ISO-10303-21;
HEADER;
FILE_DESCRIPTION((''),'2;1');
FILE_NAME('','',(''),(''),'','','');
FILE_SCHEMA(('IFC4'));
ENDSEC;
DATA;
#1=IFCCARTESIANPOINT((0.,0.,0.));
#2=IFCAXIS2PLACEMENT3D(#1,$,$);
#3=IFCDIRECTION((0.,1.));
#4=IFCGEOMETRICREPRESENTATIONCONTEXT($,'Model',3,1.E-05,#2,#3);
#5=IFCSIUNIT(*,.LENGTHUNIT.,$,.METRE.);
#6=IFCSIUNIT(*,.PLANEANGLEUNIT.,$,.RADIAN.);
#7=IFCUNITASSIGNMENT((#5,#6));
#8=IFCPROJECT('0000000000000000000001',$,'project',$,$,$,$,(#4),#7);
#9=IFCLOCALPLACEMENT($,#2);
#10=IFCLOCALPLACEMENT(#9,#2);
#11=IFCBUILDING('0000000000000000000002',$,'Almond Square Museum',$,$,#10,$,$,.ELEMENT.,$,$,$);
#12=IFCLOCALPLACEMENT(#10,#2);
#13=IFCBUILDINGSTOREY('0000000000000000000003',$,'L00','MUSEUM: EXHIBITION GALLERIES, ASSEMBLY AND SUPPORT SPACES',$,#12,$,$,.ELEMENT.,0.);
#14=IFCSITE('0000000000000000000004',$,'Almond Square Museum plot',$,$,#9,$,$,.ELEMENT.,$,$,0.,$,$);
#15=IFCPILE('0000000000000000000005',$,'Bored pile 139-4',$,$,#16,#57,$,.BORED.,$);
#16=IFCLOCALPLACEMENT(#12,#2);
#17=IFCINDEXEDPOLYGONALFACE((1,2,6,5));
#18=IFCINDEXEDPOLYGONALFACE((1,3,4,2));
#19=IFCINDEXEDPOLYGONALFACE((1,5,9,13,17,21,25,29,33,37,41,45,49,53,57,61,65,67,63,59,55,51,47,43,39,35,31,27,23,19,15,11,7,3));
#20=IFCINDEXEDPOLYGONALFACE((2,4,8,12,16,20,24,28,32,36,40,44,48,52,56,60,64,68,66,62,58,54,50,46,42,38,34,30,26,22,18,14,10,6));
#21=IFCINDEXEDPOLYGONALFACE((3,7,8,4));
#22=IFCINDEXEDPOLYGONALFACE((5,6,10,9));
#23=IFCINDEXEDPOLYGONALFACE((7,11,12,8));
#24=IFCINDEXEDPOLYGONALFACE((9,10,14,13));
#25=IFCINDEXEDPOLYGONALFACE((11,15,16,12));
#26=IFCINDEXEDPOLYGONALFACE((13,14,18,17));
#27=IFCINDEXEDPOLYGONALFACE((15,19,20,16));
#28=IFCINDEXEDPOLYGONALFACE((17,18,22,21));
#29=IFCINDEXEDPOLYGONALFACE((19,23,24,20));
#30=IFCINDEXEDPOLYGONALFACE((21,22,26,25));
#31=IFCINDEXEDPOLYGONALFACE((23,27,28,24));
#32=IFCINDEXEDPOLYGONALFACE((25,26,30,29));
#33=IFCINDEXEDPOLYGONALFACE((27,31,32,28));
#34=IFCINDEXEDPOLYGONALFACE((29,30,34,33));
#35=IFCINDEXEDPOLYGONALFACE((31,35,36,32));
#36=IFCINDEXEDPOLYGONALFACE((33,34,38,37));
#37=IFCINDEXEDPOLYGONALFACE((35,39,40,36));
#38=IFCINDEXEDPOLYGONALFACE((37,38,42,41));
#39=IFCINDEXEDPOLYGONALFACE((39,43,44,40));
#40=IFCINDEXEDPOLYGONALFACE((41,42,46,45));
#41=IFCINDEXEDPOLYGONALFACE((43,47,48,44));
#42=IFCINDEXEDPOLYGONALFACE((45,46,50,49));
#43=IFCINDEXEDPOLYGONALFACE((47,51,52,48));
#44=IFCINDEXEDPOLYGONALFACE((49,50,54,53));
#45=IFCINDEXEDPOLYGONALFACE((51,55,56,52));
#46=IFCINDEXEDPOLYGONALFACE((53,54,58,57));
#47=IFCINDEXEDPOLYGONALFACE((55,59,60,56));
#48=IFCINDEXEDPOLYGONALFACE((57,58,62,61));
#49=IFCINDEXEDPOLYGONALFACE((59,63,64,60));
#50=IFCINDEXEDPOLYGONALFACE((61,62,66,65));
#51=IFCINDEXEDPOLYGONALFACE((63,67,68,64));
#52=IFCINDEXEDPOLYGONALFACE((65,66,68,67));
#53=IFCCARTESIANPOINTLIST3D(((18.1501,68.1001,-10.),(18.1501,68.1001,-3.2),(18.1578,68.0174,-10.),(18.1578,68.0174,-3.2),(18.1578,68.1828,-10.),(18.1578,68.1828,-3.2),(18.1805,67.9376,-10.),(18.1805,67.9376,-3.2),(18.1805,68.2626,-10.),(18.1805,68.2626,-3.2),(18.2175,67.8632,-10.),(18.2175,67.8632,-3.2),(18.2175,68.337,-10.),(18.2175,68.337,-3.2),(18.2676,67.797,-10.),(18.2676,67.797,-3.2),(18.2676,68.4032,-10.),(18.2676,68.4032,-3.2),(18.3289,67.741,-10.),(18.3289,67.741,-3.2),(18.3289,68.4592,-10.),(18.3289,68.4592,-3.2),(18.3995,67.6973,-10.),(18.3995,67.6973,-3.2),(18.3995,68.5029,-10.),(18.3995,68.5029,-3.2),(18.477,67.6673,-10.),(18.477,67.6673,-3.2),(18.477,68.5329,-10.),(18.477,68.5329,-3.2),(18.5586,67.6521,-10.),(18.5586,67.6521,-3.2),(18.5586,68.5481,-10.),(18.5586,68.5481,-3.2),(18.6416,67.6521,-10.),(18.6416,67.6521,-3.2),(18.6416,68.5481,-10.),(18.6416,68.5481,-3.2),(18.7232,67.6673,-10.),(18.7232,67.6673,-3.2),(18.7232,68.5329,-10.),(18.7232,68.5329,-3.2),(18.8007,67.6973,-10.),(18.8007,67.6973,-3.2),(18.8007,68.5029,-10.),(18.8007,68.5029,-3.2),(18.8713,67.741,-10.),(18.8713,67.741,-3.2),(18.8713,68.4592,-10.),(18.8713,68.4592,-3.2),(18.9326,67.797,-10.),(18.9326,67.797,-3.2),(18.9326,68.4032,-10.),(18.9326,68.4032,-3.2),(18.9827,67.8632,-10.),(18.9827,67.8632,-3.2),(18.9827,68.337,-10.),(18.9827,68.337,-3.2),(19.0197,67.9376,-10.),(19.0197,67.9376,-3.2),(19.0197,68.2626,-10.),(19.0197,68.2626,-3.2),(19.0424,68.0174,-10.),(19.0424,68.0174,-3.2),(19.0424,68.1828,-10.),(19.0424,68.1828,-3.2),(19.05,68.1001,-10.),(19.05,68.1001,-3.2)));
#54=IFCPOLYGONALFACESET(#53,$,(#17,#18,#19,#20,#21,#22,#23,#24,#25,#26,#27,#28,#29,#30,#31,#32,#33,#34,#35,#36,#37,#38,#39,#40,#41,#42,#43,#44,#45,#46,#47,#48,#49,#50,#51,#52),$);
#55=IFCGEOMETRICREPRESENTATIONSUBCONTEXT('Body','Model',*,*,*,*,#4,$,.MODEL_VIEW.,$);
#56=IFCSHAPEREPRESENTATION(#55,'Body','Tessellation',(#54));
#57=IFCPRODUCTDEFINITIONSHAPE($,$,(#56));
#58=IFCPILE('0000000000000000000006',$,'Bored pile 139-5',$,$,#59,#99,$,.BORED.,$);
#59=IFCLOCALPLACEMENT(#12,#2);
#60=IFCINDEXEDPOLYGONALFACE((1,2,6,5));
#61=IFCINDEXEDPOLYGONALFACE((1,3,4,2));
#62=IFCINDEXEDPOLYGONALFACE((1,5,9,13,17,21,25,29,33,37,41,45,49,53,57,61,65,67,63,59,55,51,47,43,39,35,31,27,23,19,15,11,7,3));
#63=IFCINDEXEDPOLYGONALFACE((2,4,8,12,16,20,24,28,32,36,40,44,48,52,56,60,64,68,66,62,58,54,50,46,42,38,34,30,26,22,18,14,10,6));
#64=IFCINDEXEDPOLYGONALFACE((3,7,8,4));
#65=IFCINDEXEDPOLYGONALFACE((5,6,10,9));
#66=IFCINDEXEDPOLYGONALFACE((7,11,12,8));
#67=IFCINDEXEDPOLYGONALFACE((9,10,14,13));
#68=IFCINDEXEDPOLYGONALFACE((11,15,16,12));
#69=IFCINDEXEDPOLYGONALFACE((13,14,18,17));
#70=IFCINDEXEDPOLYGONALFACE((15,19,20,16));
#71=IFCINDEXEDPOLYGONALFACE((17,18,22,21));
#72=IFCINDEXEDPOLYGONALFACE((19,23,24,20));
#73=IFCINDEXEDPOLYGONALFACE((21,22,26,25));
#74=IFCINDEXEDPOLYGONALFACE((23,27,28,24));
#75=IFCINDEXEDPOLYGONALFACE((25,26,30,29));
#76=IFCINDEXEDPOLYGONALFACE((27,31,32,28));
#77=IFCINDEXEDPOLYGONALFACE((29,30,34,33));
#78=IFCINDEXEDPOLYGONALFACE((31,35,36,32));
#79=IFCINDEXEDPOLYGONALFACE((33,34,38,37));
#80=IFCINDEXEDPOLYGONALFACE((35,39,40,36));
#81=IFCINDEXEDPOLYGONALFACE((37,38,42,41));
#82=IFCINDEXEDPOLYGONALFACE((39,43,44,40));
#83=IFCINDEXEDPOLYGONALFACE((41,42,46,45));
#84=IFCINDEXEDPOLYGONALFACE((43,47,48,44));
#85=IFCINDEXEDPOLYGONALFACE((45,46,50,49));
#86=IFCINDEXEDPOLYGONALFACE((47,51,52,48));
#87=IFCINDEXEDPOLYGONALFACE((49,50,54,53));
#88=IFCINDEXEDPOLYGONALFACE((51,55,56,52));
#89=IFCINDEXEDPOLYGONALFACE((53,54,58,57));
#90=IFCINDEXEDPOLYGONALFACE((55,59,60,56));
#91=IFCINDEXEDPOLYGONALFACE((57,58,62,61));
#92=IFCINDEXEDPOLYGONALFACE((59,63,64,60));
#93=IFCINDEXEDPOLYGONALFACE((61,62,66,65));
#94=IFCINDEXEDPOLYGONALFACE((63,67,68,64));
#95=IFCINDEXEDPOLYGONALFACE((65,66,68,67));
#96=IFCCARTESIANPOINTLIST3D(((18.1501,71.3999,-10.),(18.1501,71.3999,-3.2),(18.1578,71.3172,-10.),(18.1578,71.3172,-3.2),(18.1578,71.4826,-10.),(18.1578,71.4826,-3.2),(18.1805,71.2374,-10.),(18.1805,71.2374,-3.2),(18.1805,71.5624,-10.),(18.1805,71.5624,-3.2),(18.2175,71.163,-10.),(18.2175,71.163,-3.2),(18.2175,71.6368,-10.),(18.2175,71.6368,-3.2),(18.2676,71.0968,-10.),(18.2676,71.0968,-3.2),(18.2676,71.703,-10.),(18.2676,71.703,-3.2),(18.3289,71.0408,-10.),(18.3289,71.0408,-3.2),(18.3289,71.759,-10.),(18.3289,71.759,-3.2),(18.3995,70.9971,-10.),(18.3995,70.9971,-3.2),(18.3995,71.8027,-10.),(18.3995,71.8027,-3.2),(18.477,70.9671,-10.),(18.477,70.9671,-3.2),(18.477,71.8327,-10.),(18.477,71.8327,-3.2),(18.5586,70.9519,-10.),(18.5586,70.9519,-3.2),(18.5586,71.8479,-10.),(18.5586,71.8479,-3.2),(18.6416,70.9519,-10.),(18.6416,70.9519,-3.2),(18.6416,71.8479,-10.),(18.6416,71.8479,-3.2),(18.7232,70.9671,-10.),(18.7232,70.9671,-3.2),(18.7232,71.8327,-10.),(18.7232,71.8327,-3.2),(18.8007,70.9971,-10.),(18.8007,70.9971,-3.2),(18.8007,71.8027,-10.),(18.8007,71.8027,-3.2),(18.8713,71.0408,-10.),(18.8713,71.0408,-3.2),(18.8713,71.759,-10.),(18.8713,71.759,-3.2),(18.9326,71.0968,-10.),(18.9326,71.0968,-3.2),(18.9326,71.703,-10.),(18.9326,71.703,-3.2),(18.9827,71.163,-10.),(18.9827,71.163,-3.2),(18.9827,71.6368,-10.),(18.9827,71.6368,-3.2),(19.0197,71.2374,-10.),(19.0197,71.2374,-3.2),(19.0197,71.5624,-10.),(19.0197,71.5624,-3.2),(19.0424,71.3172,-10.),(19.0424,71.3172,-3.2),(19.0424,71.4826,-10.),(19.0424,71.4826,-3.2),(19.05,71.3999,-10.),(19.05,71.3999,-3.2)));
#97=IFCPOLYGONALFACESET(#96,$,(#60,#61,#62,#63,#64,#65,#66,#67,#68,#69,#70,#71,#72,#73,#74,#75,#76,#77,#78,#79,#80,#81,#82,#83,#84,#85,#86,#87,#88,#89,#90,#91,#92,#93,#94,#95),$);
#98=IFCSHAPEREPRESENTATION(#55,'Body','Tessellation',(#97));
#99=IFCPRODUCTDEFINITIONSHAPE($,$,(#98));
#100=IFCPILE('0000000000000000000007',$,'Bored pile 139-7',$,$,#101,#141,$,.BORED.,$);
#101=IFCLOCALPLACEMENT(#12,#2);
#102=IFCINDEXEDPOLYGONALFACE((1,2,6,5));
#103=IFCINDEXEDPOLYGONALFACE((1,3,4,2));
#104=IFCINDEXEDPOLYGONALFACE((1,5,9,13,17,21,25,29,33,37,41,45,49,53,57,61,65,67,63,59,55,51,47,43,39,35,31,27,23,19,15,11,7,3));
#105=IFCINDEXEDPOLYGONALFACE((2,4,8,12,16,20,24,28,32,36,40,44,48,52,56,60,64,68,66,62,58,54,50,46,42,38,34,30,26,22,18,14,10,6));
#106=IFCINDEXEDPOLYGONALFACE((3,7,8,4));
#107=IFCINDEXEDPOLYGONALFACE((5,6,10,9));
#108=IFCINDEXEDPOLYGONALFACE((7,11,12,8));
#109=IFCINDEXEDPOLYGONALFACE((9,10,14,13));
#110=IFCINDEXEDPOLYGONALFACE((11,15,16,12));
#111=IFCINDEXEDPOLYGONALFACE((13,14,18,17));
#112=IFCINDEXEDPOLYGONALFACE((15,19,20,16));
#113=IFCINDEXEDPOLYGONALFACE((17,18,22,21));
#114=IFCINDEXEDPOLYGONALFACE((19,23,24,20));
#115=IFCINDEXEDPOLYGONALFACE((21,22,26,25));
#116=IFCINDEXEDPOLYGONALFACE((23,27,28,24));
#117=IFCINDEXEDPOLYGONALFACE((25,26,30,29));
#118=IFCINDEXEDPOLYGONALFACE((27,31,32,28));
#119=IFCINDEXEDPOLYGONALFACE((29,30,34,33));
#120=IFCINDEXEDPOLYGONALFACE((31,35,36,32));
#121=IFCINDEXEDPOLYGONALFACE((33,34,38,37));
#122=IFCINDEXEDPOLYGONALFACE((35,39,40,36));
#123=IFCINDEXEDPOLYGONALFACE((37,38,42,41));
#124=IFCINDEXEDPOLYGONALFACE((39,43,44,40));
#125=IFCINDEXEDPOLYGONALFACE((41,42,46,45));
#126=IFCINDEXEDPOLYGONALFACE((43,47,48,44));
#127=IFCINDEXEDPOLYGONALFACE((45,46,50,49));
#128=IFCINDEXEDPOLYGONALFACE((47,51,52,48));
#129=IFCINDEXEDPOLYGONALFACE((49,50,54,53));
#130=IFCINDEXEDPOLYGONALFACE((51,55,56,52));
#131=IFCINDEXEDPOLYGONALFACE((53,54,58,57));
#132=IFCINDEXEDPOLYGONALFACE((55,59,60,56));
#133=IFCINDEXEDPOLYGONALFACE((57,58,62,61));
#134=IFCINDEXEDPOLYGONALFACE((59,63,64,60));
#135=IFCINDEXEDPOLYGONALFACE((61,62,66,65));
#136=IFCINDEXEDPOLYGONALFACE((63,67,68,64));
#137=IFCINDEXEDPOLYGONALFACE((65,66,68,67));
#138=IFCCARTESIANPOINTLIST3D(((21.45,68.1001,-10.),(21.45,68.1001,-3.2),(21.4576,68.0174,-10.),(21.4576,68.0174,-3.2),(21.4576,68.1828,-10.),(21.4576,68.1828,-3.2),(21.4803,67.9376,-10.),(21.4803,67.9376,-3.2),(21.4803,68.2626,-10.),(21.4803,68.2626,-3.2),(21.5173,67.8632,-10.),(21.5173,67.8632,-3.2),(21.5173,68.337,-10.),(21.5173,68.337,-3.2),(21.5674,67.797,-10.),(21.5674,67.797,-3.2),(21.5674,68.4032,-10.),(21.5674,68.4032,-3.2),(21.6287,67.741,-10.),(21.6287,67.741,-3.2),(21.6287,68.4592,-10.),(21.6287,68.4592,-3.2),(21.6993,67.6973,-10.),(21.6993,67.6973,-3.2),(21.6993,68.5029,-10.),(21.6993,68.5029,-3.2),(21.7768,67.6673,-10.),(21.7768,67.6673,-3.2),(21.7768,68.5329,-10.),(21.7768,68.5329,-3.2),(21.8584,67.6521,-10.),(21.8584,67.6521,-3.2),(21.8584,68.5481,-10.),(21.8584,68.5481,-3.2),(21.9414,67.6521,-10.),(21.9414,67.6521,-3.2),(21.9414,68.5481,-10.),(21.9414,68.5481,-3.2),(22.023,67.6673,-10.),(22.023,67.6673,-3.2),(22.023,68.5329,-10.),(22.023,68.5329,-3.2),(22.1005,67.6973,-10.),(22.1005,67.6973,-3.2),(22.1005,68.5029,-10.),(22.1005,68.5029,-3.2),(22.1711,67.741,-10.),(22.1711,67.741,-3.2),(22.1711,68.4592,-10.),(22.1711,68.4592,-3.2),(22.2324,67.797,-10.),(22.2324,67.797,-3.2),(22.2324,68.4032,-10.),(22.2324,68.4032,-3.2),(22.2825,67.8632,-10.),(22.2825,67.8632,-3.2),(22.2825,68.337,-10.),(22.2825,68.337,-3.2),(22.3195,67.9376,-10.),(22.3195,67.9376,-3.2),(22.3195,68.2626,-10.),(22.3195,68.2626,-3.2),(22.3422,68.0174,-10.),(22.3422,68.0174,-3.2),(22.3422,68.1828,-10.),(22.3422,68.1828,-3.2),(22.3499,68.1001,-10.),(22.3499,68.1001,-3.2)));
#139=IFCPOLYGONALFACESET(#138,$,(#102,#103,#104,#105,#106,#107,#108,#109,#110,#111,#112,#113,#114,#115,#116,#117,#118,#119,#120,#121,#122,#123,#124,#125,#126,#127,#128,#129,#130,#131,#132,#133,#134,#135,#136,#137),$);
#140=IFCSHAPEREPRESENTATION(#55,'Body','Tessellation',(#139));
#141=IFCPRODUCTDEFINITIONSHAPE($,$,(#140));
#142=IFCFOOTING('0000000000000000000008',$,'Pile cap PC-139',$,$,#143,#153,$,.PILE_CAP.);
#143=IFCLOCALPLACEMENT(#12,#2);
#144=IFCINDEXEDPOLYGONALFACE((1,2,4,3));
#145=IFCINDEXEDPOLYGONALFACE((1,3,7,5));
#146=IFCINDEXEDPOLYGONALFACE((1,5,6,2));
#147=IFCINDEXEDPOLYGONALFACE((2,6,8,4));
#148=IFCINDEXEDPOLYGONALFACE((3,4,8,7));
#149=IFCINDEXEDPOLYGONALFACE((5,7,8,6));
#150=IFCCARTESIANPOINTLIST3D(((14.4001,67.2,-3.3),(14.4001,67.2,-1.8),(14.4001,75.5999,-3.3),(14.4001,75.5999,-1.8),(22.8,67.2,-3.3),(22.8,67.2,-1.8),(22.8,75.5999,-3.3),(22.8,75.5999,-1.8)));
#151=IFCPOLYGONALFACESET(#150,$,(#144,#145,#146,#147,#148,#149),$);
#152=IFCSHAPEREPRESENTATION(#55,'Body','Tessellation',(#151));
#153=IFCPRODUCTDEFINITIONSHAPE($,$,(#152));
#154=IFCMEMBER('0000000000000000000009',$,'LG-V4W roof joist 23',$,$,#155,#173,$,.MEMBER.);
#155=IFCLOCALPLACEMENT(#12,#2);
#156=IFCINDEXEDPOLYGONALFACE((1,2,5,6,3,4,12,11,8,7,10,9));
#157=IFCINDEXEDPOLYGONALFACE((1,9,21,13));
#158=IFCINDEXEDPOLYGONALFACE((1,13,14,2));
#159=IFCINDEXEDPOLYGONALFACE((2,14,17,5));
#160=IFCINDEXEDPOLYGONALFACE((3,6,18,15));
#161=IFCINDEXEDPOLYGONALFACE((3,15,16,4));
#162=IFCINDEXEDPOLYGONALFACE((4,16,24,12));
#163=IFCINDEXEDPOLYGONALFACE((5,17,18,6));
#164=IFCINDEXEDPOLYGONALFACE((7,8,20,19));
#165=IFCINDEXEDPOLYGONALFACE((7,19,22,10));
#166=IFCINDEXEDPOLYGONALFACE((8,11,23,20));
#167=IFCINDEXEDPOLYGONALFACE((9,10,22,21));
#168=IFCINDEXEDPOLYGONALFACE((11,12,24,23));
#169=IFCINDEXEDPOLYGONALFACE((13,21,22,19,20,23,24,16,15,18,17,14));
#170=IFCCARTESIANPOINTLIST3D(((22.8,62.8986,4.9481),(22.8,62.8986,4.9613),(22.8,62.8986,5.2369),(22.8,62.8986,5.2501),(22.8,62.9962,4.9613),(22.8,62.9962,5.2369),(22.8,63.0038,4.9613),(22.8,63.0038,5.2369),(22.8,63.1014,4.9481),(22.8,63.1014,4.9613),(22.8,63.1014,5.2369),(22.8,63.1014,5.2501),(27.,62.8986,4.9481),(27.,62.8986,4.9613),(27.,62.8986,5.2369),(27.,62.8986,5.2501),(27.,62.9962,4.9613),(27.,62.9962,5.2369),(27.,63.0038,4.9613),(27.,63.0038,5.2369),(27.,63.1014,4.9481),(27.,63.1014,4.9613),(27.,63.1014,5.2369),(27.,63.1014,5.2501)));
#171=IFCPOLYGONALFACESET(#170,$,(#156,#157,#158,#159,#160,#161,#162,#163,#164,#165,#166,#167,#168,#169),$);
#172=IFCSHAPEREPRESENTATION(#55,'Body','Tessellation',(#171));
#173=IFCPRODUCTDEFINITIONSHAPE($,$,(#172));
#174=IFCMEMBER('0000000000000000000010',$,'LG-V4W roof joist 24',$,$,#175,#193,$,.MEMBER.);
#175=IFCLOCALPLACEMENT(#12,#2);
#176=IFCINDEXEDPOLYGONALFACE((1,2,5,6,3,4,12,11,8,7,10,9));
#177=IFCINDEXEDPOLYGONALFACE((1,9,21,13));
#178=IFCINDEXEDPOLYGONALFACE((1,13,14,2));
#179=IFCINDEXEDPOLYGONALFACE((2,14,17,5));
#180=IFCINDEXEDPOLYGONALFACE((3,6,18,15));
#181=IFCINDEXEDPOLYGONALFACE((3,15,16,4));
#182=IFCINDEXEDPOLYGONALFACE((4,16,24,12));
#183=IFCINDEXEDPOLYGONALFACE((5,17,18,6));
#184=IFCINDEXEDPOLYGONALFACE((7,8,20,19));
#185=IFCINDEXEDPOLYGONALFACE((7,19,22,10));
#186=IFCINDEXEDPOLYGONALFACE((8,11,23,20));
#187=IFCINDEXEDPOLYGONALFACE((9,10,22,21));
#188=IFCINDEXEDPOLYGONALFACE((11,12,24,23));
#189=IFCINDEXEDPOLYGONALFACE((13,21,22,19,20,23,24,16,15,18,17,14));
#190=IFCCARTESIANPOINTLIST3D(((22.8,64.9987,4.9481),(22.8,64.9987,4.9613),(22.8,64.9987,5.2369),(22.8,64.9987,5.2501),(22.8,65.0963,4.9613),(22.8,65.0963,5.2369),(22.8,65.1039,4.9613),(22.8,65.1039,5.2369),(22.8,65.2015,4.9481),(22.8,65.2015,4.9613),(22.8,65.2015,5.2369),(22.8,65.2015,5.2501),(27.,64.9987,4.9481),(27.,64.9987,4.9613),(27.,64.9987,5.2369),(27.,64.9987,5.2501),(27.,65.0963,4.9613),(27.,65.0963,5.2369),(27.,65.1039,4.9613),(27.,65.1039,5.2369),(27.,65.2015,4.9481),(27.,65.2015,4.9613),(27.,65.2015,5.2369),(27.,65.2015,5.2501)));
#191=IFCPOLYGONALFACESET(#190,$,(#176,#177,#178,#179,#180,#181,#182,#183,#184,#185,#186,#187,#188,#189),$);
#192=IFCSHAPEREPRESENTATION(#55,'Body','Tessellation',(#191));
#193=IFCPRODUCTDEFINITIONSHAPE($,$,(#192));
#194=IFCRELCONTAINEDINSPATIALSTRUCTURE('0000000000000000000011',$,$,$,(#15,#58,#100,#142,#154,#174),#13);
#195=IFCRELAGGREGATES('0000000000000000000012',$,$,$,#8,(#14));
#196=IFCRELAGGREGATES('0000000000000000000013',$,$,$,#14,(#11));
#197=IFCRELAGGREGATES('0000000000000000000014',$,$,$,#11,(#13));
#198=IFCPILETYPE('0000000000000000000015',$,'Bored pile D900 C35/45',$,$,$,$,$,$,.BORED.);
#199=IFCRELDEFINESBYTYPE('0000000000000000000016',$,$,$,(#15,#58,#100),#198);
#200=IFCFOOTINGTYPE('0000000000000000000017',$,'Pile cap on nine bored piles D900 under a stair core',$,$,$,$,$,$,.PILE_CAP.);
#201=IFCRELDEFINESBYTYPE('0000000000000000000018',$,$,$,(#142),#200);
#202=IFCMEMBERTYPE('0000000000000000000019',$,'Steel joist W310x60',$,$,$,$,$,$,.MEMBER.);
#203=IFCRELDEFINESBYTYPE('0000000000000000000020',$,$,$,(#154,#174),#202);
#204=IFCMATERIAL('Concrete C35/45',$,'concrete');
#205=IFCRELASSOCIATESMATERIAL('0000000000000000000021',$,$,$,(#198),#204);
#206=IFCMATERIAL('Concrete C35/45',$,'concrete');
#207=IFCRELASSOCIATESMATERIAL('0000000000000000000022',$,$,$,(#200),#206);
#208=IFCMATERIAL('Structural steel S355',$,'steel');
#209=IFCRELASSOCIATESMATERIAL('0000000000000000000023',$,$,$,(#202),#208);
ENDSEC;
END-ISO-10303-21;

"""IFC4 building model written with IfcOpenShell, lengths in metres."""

from ifc_helpers import new_model, si_unit, direction, frame, origin, origin_2d, place, context, subcontext, project, spatial, rectangle, circle, i_section, extrude, material, material_profile, profile_set, type_object, element, save


model = new_model("IFC4")

# Units and contexts
model_context = context("Model", 3, precision=1e-05, world=origin(), true_north=direction((0.0, 1.0)))
body_context = subcontext(model_context, "Body", "Model", "MODEL_VIEW")
ifc_project = project(units=[si_unit("LENGTHUNIT", "METRE"), si_unit("PLANEANGLEUNIT", "RADIAN")], contexts=[model_context])

# Site, building, storey
site_placement = place(None, origin())
site = spatial("IfcSite", under=ifc_project, at=site_placement, Name="Almond Square Museum plot", CompositionType="ELEMENT", RefElevation=0.0)
building_placement = place(site_placement, origin())
building = spatial("IfcBuilding", under=site, at=building_placement, Name="Almond Square Museum", CompositionType="ELEMENT")
storey_placement = place(building_placement, origin())
storey = spatial("IfcBuildingStorey", under=building, at=storey_placement, Name="L00", Description="MUSEUM: EXHIBITION GALLERIES, ASSEMBLY AND SUPPORT SPACES", CompositionType="ELEMENT", Elevation=0.0)

# Piles
ifc_material_1 = material(Name="Concrete C35/45", Category="concrete")
ifc_material_profile_1 = material_profile(ifc_material_1, circle(Radius=0.45, at=origin_2d()))
ifc_profile_set_1 = profile_set([ifc_material_profile_1], Name="Concrete C35/45")
pile_type = type_object("IfcPileType", Name="Bored pile D900 C35/45", PredefinedType="BORED", material=ifc_profile_set_1)
for number, where, z_axis, x_axis, name in (
    (1, (18.6001, 68.1001, -3.2), (0.0, 0.0, -1.0), (1.0, 0.0, 0.0), "Bored pile 139-4"),
    (2, (18.6001, 71.3999, -3.2), (0.0, 0.0, -1.0), (1.0, 0.0, 0.0), "Bored pile 139-5"),
    (3, (21.8999, 68.1001, -3.2), (0.0, 0.0, -1.0), (1.0, 0.0, 0.0), "Bored pile 139-7"),
):
    element("IfcPile", number, at=place(storey_placement, frame(where, z_axis=z_axis, x_axis=x_axis)), inside=storey, type_object=pile_type, Name=name, PredefinedType="BORED", context=body_context, shape_type="SweptSolid", body=[
        extrude(circle(Radius=0.45, at=origin_2d()), origin(), (0.0, 0.0, 1.0), 6.8),
    ])

# Footing
ifc_material_2 = material(Name="Concrete C35/45", Category="concrete")
footing_type = type_object("IfcFootingType", Name="Pile cap on nine bored piles D900 under a stair core", PredefinedType="PILE_CAP", material=ifc_material_2)
footing_placement = place(storey_placement, frame((18.6001, 71.3999, -3.3), z_axis=(0.0, 0.0, 1.0), x_axis=(1.0, 0.0, 0.0)))
element("IfcFooting", 4, at=footing_placement, inside=storey, type_object=footing_type, Name="Pile cap PC-139", PredefinedType="PILE_CAP", context=body_context, shape_type="SweptSolid", body=[
    extrude(rectangle(XDim=8.3999, YDim=8.3999, at=origin_2d()), origin(), (0.0, 0.0, 1.0), 1.5),
])

# Members
ifc_material_3 = material(Name="Structural steel S355", Category="steel")
ifc_material_profile_2 = material_profile(ifc_material_3, i_section(OverallWidth=0.2029, OverallDepth=0.302, WebThickness=0.0076, FlangeThickness=0.0132, at=origin_2d()))
ifc_profile_set_2 = profile_set([ifc_material_profile_2], Name="Structural steel S355")
member_type = type_object("IfcMemberType", Name="Steel joist W310x60", PredefinedType="MEMBER", material=ifc_profile_set_2)
for number, where, z_axis, x_axis, name in (
    (5, (22.8, 63.0, 5.0991), (1.0, 0.0, 0.0), (0.0, 1.0, 0.0), "LG-V4W roof joist 23"),
    (6, (22.8, 65.1001, 5.0991), (1.0, 0.0, 0.0), (0.0, 1.0, 0.0), "LG-V4W roof joist 24"),
):
    element("IfcMember", number, at=place(storey_placement, frame(where, z_axis=z_axis, x_axis=x_axis)), inside=storey, type_object=member_type, Name=name, PredefinedType="MEMBER", context=body_context, shape_type="SweptSolid", body=[
        extrude(i_section(OverallWidth=0.2029, OverallDepth=0.302, WebThickness=0.0076, FlangeThickness=0.0132, at=origin_2d()), origin(), (0.0, 0.0, 1.0), 4.2),
    ])

save(model, "model.ifc")
